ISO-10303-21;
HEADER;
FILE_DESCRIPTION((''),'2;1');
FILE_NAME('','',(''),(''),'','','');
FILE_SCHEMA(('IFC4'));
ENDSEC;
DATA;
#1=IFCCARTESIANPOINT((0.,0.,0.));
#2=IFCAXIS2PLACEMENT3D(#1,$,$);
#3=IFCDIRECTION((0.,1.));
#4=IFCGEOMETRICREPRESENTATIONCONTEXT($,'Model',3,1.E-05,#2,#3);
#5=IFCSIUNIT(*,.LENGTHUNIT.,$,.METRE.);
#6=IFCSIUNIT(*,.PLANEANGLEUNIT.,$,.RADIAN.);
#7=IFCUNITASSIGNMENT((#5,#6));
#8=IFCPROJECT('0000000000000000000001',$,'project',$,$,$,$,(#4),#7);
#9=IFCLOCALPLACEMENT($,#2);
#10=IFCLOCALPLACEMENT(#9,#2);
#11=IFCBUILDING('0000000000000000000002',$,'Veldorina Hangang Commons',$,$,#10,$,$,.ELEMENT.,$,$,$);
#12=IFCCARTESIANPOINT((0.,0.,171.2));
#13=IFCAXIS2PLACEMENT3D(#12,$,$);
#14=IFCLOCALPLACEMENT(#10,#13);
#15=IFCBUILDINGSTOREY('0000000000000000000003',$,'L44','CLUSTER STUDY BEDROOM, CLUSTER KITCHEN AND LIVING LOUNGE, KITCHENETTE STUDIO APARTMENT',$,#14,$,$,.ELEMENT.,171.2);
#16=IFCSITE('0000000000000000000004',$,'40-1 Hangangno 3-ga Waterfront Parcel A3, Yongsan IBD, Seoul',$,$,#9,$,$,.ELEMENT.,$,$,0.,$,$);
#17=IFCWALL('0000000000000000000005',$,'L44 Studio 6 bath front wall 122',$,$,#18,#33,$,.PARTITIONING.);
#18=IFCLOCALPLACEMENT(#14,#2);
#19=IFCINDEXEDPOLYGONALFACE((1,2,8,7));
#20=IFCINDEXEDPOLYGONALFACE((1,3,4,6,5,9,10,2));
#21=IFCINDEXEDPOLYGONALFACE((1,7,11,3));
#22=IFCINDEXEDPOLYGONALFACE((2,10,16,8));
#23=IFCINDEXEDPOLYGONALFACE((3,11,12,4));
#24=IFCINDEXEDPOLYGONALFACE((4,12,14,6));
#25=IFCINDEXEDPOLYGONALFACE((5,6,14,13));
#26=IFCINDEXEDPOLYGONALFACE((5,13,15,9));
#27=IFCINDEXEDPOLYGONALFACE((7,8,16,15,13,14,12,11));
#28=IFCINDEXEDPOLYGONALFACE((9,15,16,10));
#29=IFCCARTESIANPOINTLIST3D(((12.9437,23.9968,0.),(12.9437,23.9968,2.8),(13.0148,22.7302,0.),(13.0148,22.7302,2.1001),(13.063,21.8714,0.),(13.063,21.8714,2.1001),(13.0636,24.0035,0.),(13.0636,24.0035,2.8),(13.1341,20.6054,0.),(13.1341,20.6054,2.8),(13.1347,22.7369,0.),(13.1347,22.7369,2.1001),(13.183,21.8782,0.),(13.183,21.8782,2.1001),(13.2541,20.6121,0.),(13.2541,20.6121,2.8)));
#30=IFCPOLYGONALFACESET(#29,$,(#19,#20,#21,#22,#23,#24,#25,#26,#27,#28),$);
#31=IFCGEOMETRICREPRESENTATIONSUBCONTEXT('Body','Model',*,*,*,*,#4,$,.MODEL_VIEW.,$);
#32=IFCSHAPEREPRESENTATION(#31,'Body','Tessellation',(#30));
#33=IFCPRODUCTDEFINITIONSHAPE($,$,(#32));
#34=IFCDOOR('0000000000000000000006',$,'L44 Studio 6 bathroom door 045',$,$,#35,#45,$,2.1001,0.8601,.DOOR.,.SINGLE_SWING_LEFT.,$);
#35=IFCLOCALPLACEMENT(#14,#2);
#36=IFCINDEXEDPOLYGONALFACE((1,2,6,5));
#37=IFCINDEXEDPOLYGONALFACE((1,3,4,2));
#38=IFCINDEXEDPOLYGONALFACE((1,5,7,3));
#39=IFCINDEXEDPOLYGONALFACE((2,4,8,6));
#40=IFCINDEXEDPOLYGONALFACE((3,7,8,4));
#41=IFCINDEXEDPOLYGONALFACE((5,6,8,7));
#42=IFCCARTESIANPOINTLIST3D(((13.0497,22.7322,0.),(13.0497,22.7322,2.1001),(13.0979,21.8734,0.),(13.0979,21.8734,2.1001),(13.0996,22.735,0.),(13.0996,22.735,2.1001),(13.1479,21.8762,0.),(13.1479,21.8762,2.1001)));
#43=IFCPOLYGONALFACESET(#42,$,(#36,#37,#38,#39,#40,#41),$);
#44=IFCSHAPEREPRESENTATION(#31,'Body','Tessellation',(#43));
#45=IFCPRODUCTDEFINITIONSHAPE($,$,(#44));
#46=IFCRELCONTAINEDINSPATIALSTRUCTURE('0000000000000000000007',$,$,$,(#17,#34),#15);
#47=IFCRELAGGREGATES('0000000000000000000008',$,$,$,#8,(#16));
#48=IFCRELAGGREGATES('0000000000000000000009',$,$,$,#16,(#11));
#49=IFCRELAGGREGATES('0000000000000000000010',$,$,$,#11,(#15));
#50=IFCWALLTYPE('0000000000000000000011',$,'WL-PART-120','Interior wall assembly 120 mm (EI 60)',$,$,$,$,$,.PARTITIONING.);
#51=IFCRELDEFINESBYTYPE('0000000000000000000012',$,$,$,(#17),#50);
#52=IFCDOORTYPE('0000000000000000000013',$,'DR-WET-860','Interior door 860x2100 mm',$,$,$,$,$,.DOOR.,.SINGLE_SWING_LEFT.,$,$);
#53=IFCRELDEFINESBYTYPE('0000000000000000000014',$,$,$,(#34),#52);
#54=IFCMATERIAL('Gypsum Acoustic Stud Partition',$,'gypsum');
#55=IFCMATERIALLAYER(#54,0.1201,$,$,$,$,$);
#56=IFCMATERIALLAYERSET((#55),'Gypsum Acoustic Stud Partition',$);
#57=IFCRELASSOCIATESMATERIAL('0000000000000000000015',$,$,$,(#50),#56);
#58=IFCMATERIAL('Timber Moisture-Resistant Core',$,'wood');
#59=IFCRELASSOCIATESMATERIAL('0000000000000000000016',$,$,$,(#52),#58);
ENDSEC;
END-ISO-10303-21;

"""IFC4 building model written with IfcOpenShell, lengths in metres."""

from ifc_helpers import new_model, si_unit, direction, frame, frame_2d, origin, place, context, subcontext, project, spatial, rectangle, extrude, material, layer, layer_set, type_object, element, fill, save


model = new_model("IFC4")

# Units and contexts
model_context = context("Model", 3, precision=1e-05, world=origin(), true_north=direction((0.0, 1.0)))
body_context = subcontext(model_context, "Body", "Model", "MODEL_VIEW")
ifc_project = project(units=[si_unit("LENGTHUNIT", "METRE"), si_unit("PLANEANGLEUNIT", "RADIAN")], contexts=[model_context])

# Site, building, storey
site_placement = place(None, origin())
site = spatial("IfcSite", under=ifc_project, at=site_placement, Name="40-1 Hangangno 3-ga Waterfront Parcel A3, Yongsan IBD, Seoul", CompositionType="ELEMENT", RefElevation=0.0)
building_placement = place(site_placement, origin())
building = spatial("IfcBuilding", under=site, at=building_placement, Name="Veldorina Hangang Commons", CompositionType="ELEMENT")
storey_placement = place(building_placement, frame((0.0, 0.0, 171.2)))
storey = spatial("IfcBuildingStorey", under=building, at=storey_placement, Name="L44", Description="CLUSTER STUDY BEDROOM, CLUSTER KITCHEN AND LIVING LOUNGE, KITCHENETTE STUDIO APARTMENT", CompositionType="ELEMENT", Elevation=171.2)

# Shared definitions
ifc_material_1 = material(Name="Gypsum Acoustic Stud Partition", Category="gypsum")
ifc_layer_1 = layer(ifc_material_1, 0.1201)
ifc_layer_set_1 = layer_set([ifc_layer_1], Name="Gypsum Acoustic Stud Partition")
wall_type_1 = type_object("IfcWallType", Name="WL-PART-120", Description="Interior wall assembly 120 mm (EI 60)", PredefinedType="PARTITIONING", material=ifc_layer_set_1)
ifc_material_2 = material(Name="Timber Moisture-Resistant Core", Category="wood")
door_type_1 = type_object("IfcDoorType", Name="DR-WET-860", Description="Interior door 860x2100 mm", OperationType="SINGLE_SWING_LEFT", PredefinedType="DOOR", material=ifc_material_2)

# Wall, opening, door
wall_1_placement = place(storey_placement, frame((13.0037, 24.0, 0.0), z_axis=(0.0, 0.0, 1.0), x_axis=(0.056063, -0.998427, 0.0)))
wall_1 = element("IfcWall", 1, at=wall_1_placement, inside=storey, type_object=wall_type_1, Name="L44 Studio 6 bath front wall 122", PredefinedType="PARTITIONING", context=body_context, shape_type="SweptSolid", body=[
    extrude(rectangle(XDim=3.3967, YDim=0.1201, at=frame_2d((1.6982, 0.0))), origin(), (0.0, 0.0, 1.0), 2.8),
])
opening_1_placement = place(wall_1_placement, frame((1.2683, 0.0, 0.0)))
opening_1 = element("IfcOpeningElement", 2, at=opening_1_placement, cuts=wall_1, PredefinedType="OPENING", context=body_context, shape_type="SweptSolid", body=[
    extrude(rectangle(XDim=0.8601, YDim=2.1001, at=frame_2d((0.4302, 1.05))), frame((0.0, 0.0701, 0.0), z_axis=(0.0, -1.0, 0.0), x_axis=(1.0, 0.0, 0.0)), (0.0, 0.0, 1.0), 0.1401),
])
door_1_placement = place(opening_1_placement, origin())
door_1 = element("IfcDoor", 3, at=door_1_placement, inside=storey, type_object=door_type_1, Name="L44 Studio 6 bathroom door 045", OperationType="SINGLE_SWING_LEFT", OverallHeight=2.1001, OverallWidth=0.8601, PredefinedType="DOOR", context=body_context, shape_type="SweptSolid", body=[
    extrude(rectangle(XDim=0.8601, YDim=2.1001, at=frame_2d((0.4302, 1.05))), frame((0.0, 0.0249, 0.0), z_axis=(0.0, -1.0, 0.0), x_axis=(1.0, 0.0, 0.0)), (0.0, 0.0, 1.0), 0.05),
])
fill(opening_1, door_1)

save(model, "model.ifc")
